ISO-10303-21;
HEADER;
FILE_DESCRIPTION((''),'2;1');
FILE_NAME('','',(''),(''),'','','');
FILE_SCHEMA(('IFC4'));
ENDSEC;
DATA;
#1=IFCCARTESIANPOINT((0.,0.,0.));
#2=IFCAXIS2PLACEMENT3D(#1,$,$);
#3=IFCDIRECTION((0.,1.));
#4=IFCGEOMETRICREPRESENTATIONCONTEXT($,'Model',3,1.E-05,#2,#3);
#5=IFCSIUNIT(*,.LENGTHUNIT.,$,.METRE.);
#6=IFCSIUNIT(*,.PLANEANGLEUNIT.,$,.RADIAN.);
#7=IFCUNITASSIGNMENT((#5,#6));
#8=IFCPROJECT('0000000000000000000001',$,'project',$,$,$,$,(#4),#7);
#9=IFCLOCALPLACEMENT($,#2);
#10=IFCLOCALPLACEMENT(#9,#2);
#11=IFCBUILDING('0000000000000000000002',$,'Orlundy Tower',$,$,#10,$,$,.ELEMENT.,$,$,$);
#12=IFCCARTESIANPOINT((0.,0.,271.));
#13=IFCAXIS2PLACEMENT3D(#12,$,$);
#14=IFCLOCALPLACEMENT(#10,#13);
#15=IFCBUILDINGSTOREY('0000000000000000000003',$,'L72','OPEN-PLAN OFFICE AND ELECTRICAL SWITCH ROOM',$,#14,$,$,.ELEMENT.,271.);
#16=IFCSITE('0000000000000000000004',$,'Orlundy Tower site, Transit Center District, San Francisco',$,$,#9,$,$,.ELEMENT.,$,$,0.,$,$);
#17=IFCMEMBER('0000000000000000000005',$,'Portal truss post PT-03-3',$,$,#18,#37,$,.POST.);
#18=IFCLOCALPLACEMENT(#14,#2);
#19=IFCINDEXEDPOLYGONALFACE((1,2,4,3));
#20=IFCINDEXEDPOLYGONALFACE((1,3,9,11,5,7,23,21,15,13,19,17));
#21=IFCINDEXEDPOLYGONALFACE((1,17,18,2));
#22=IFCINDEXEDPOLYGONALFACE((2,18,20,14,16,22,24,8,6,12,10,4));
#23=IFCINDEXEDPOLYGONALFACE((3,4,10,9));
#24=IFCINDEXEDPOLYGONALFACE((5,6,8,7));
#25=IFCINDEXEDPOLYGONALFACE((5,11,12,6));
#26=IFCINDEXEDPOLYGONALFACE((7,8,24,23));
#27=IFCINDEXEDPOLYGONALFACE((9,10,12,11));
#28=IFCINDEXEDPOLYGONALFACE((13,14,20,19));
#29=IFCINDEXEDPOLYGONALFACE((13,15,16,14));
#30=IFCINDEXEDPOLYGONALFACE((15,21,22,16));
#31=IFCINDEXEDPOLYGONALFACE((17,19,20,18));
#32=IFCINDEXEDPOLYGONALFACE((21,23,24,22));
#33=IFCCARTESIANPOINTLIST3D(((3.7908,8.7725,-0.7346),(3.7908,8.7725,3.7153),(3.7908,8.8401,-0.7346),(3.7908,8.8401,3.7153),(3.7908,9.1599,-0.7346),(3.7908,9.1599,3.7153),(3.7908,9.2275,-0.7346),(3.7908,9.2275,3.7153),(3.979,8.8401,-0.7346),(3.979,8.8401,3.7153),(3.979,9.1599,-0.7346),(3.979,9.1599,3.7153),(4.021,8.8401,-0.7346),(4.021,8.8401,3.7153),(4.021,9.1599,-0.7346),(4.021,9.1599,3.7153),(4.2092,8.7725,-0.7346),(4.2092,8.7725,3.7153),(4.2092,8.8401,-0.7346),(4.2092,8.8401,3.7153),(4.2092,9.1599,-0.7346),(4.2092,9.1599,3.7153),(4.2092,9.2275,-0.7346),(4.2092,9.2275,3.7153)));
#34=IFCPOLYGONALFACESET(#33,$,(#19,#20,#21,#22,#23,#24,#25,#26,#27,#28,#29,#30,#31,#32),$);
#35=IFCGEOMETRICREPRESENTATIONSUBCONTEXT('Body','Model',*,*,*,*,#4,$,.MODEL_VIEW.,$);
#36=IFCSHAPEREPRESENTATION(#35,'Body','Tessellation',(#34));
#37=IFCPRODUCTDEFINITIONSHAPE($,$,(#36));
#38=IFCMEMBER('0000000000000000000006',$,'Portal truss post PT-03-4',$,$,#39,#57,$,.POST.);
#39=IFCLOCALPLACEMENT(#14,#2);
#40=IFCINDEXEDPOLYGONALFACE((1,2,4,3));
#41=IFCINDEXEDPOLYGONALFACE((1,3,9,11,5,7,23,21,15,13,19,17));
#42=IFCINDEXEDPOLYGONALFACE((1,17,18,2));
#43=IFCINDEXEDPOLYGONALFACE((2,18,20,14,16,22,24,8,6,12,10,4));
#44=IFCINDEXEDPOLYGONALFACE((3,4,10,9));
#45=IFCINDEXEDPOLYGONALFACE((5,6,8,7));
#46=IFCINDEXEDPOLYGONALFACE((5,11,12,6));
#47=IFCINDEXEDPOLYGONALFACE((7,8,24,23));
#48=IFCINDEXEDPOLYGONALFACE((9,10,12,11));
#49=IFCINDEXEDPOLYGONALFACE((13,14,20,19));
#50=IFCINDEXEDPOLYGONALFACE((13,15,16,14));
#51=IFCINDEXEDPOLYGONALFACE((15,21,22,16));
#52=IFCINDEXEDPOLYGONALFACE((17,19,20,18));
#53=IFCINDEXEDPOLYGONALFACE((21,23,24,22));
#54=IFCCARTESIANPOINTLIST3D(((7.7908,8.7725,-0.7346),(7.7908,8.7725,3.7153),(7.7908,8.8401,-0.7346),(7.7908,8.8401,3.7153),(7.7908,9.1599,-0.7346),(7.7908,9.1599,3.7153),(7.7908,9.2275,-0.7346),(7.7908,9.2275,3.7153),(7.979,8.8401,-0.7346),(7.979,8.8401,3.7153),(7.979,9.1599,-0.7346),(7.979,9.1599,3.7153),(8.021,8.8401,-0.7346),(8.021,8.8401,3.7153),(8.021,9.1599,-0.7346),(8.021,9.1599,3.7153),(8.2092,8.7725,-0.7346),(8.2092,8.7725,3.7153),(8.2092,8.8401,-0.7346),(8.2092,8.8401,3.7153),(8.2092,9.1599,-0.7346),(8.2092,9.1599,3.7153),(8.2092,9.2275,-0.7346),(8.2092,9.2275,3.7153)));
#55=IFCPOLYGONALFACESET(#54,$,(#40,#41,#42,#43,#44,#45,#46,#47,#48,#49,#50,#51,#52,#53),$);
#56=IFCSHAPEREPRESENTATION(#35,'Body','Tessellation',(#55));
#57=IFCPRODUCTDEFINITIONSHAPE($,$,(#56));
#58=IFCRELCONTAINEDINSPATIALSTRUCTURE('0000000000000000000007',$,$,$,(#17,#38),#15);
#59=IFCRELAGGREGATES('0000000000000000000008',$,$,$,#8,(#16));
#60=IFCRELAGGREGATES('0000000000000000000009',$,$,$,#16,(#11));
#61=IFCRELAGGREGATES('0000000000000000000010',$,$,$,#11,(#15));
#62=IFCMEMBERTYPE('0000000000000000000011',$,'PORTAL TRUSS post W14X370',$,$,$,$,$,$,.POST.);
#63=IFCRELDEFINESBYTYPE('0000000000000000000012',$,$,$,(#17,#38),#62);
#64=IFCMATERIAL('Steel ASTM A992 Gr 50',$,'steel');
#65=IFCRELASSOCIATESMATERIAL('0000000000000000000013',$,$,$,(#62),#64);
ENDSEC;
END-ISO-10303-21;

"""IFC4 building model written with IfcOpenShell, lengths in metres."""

from ifc_helpers import new_model, si_unit, direction, frame, origin, origin_2d, place, context, subcontext, project, spatial, i_section, extrude, material, material_profile, profile_set, type_object, element, save


model = new_model("IFC4")

# Units and contexts
model_context = context("Model", 3, precision=1e-05, world=origin(), true_north=direction((0.0, 1.0)))
body_context = subcontext(model_context, "Body", "Model", "MODEL_VIEW")
ifc_project = project(units=[si_unit("LENGTHUNIT", "METRE"), si_unit("PLANEANGLEUNIT", "RADIAN")], contexts=[model_context])

# Site, building, storey
site_placement = place(None, origin())
site = spatial("IfcSite", under=ifc_project, at=site_placement, Name="Orlundy Tower site, Transit Center District, San Francisco", CompositionType="ELEMENT", RefElevation=0.0)
building_placement = place(site_placement, origin())
building = spatial("IfcBuilding", under=site, at=building_placement, Name="Orlundy Tower", CompositionType="ELEMENT")
storey_placement = place(building_placement, frame((0.0, 0.0, 271.0)))
storey = spatial("IfcBuildingStorey", under=building, at=storey_placement, Name="L72", Description="OPEN-PLAN OFFICE AND ELECTRICAL SWITCH ROOM", CompositionType="ELEMENT", Elevation=271.0)

# Members
ifc_material_1 = material(Name="Steel ASTM A992 Gr 50", Category="steel")
ifc_material_profile_1 = material_profile(ifc_material_1, i_section(OverallWidth=0.4185, OverallDepth=0.4551, WebThickness=0.042, FlangeThickness=0.0676, at=origin_2d()), Name="W14X370")
ifc_profile_set_1 = profile_set([ifc_material_profile_1], Name="Steel ASTM A992 Gr 50")
member_type_1 = type_object("IfcMemberType", Name="PORTAL TRUSS post W14X370", PredefinedType="POST", material=ifc_profile_set_1)
for number, where, z_axis, x_axis, name in (
    (1, (4.0, 9.0, -0.7346), (0.0, 0.0, 1.0), (1.0, 0.0, 0.0), "Portal truss post PT-03-3"),
    (2, (8.0, 9.0, -0.7346), (0.0, 0.0, 1.0), (1.0, 0.0, 0.0), "Portal truss post PT-03-4"),
):
    element("IfcMember", number, at=place(storey_placement, frame(where, z_axis=z_axis, x_axis=x_axis)), inside=storey, type_object=member_type_1, Name=name, PredefinedType="POST", context=body_context, shape_type="SweptSolid", body=[
        extrude(i_section(OverallWidth=0.4185, OverallDepth=0.4551, WebThickness=0.042, FlangeThickness=0.0676, at=origin_2d()), origin(), (0.0, 0.0, 1.0), 4.45),
    ])

save(model, "model.ifc")
